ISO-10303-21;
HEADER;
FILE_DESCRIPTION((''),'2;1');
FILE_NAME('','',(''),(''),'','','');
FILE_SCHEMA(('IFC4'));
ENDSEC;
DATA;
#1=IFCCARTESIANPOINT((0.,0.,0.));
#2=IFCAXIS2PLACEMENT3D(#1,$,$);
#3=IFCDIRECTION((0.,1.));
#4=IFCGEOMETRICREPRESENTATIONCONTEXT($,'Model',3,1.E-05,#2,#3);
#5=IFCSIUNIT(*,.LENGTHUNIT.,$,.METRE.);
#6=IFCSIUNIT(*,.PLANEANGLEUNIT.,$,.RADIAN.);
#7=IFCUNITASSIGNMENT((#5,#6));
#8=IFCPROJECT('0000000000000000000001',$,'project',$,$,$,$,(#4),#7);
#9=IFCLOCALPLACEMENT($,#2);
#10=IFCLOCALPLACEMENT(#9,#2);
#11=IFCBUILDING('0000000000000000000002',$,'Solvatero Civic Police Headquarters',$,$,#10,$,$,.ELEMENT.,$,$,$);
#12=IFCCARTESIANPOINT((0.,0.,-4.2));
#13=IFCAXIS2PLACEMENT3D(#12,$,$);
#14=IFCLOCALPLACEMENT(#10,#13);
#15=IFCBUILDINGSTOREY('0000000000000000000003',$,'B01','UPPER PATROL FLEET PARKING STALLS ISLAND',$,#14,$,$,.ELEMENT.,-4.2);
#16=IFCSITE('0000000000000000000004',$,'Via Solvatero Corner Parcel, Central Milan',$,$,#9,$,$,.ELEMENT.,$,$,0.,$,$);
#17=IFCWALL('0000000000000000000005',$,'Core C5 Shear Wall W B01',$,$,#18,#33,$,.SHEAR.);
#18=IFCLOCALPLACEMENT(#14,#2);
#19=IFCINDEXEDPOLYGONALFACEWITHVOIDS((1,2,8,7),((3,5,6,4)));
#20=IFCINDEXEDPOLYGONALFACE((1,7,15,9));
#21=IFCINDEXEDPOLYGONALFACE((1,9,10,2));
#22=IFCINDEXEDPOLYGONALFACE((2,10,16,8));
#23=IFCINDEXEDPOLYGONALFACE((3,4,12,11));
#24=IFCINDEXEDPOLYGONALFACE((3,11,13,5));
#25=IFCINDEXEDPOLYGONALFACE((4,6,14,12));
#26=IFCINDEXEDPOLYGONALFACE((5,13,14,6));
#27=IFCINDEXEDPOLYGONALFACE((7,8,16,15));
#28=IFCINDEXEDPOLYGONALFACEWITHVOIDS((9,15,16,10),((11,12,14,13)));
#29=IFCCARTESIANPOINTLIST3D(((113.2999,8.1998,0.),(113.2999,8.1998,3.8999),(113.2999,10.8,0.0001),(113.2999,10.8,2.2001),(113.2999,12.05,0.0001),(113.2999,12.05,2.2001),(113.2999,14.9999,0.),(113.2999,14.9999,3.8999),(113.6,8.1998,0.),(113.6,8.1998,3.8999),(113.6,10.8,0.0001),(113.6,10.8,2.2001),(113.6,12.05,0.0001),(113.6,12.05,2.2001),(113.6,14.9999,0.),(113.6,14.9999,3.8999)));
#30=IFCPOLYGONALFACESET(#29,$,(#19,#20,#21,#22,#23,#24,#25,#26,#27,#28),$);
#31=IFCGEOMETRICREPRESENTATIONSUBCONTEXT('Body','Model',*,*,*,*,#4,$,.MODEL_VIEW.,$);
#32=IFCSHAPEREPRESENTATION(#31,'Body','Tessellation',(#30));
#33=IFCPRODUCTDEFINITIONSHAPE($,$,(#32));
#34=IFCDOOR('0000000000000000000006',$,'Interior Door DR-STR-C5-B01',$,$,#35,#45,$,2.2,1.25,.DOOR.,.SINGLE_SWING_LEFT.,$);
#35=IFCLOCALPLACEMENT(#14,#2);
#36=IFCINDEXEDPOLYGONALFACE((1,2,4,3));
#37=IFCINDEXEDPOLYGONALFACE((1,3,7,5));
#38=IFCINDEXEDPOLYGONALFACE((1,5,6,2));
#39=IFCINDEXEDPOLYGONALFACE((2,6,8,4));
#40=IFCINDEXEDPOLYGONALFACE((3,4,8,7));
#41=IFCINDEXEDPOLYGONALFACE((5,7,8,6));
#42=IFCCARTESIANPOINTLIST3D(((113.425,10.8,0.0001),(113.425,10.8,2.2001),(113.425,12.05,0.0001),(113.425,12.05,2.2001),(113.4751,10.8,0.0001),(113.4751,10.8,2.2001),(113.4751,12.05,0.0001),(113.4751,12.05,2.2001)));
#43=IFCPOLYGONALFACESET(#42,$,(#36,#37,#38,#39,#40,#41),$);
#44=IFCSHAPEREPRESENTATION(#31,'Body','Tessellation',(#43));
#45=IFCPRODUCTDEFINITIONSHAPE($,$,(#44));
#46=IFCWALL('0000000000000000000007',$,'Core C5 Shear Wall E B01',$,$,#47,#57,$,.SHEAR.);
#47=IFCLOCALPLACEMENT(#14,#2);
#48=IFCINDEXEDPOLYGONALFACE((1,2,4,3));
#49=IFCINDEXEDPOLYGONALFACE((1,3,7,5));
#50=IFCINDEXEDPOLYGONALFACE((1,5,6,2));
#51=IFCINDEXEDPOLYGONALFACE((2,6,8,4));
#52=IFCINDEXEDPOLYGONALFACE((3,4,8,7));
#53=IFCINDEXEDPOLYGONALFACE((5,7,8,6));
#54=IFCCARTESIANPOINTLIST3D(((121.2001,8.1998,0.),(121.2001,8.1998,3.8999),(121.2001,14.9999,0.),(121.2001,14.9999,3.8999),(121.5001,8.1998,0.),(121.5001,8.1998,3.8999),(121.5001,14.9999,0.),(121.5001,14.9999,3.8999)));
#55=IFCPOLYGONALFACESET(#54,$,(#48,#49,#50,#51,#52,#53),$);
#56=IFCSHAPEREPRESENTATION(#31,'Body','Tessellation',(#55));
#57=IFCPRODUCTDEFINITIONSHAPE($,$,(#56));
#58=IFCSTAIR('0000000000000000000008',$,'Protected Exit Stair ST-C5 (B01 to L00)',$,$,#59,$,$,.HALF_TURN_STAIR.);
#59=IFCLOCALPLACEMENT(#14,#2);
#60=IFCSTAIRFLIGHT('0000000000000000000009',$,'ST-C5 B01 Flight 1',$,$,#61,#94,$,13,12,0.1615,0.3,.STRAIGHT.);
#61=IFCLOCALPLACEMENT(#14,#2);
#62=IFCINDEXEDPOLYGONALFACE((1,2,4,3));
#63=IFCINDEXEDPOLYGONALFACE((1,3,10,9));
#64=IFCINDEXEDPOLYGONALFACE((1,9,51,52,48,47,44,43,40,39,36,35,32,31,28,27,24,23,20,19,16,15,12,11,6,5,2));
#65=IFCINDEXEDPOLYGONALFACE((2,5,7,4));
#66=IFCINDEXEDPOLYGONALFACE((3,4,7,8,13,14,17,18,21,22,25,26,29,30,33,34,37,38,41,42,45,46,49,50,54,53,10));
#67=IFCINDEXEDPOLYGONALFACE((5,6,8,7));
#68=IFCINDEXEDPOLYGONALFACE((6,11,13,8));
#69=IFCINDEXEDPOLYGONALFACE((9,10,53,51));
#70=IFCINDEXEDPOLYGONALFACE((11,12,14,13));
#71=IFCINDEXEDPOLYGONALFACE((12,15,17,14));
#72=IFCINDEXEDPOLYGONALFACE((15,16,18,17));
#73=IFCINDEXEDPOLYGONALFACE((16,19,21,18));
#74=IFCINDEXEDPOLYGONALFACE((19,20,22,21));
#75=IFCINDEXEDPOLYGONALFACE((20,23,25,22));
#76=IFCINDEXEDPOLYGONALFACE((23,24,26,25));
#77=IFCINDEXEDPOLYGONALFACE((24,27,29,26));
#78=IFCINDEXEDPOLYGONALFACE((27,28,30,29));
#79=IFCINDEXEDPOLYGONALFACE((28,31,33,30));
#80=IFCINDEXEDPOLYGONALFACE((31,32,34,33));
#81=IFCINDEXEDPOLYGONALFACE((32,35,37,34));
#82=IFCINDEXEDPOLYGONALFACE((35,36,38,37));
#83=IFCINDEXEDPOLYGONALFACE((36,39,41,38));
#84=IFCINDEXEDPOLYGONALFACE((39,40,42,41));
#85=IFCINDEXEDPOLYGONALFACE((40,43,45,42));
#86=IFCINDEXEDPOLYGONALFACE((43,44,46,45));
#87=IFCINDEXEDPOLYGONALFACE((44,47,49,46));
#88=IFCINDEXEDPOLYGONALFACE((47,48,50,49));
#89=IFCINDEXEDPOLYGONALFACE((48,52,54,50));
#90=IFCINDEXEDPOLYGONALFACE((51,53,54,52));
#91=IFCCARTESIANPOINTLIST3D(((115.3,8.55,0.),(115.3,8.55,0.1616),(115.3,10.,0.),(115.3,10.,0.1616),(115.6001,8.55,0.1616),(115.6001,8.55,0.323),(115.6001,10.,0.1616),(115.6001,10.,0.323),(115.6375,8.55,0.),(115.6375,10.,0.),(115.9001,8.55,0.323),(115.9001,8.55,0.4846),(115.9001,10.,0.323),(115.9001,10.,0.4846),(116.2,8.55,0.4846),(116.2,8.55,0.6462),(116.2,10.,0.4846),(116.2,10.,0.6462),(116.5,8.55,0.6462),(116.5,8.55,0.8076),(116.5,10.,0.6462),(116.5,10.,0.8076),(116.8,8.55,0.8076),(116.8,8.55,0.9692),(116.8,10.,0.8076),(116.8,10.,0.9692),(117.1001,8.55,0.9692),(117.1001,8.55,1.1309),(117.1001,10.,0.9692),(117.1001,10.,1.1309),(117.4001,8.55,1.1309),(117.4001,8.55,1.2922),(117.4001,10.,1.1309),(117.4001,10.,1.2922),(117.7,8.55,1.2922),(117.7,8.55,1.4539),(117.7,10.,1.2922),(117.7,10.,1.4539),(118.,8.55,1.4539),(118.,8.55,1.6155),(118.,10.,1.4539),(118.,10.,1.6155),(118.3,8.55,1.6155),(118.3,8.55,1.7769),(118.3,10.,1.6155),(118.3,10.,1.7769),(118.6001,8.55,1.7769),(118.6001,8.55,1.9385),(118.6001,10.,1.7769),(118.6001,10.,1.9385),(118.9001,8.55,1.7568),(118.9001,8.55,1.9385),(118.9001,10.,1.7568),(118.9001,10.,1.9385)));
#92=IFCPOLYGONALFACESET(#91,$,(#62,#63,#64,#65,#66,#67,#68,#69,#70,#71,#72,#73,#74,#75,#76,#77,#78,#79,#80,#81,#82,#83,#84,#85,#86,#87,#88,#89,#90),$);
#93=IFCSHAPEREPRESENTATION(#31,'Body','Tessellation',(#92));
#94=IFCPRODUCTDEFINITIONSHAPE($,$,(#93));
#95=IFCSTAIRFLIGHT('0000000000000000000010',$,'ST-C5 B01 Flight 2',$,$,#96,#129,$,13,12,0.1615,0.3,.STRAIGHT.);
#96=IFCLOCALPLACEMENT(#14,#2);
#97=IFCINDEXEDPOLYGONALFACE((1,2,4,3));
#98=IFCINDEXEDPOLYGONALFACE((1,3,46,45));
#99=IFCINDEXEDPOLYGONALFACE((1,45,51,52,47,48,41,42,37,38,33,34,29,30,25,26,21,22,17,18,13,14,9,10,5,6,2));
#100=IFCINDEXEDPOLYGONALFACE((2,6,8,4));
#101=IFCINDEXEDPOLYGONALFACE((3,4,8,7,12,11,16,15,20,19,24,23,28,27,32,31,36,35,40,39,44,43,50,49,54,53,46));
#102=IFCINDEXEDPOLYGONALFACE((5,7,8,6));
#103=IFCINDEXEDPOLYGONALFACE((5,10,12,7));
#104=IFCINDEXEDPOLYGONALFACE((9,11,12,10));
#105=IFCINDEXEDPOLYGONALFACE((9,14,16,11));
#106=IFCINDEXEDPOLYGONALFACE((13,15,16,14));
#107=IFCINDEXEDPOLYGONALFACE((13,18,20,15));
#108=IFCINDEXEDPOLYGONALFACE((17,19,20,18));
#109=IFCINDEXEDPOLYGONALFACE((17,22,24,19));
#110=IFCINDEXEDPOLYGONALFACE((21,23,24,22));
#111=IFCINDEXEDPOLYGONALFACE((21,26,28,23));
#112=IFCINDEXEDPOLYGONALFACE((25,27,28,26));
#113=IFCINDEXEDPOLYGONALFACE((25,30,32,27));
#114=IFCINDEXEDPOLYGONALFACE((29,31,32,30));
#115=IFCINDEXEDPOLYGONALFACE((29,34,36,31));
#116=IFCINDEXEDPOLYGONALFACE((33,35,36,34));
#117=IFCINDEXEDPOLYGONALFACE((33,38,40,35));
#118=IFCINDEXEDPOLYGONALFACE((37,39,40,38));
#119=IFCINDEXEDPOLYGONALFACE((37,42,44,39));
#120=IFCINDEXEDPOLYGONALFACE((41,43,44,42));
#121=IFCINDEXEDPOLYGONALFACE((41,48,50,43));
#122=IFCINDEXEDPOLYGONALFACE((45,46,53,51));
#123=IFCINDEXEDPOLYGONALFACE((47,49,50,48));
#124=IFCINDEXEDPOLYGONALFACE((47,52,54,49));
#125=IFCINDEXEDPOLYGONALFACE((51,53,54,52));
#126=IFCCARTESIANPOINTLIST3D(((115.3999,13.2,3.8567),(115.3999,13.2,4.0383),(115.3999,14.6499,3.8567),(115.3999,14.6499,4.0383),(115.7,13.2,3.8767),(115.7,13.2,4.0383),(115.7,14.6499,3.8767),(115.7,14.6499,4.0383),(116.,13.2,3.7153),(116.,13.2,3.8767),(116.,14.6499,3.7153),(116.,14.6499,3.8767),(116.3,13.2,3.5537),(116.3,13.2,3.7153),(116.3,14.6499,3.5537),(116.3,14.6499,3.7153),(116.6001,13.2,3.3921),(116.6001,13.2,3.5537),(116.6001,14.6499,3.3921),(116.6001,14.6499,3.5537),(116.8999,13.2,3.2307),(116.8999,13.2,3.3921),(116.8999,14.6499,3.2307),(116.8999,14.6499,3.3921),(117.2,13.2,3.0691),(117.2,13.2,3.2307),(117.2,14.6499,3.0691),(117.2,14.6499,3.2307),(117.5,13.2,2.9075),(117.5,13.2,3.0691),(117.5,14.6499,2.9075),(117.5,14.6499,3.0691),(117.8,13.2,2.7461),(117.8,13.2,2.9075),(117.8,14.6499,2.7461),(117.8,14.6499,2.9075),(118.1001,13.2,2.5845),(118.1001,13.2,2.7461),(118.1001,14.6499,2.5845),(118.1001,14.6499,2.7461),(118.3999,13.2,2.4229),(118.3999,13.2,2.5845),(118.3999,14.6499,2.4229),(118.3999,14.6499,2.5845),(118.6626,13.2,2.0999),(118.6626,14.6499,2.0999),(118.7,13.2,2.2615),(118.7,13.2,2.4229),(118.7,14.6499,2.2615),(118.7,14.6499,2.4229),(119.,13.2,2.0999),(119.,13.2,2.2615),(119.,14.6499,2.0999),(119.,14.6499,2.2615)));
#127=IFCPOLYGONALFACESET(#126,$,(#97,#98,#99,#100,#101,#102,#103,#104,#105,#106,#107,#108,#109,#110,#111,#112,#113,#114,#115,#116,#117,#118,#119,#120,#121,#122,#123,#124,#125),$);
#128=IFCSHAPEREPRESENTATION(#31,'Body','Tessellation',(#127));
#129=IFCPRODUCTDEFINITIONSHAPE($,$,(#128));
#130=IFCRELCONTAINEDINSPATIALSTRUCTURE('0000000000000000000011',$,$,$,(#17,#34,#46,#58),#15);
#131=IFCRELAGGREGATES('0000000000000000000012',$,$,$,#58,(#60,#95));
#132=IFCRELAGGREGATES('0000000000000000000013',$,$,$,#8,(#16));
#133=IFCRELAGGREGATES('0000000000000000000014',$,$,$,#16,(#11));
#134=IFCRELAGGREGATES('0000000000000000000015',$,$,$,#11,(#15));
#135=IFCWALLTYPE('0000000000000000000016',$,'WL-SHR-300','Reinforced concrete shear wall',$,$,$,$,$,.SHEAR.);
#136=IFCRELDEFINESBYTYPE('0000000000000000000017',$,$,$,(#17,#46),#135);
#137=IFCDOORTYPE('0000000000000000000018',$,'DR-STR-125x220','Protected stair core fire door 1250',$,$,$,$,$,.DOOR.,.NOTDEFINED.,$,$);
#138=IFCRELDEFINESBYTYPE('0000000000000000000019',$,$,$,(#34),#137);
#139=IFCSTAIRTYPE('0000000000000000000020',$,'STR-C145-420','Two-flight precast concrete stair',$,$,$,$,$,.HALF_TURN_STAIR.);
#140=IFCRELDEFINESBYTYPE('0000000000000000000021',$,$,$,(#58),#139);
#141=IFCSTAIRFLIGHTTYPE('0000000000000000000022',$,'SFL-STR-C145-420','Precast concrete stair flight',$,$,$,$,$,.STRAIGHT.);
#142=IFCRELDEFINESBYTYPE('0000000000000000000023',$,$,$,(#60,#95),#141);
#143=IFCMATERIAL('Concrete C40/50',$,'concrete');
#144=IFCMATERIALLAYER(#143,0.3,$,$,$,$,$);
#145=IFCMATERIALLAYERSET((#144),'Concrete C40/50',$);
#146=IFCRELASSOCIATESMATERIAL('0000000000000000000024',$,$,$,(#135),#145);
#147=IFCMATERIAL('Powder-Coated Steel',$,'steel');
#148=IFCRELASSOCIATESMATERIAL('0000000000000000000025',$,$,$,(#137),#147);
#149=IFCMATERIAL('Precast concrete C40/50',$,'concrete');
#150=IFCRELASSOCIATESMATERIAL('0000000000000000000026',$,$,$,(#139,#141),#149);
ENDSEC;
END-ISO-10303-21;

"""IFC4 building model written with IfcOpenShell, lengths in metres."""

from ifc_helpers import new_model, si_unit, direction, frame, frame_2d, origin, place, context, subcontext, project, spatial, polyline, rectangle, outline, extrude, material, layer, layer_set, type_object, element, fill, aggregate, save


model = new_model("IFC4")

# Units and contexts
model_context = context("Model", 3, precision=1e-05, world=origin(), true_north=direction((0.0, 1.0)))
body_context = subcontext(model_context, "Body", "Model", "MODEL_VIEW")
ifc_project = project(units=[si_unit("LENGTHUNIT", "METRE"), si_unit("PLANEANGLEUNIT", "RADIAN")], contexts=[model_context])

# Site, building, storey
site_placement = place(None, origin())
site = spatial("IfcSite", under=ifc_project, at=site_placement, Name="Via Solvatero Corner Parcel, Central Milan", CompositionType="ELEMENT", RefElevation=0.0)
building_placement = place(site_placement, origin())
building = spatial("IfcBuilding", under=site, at=building_placement, Name="Solvatero Civic Police Headquarters", CompositionType="ELEMENT")
storey_placement = place(building_placement, frame((0.0, 0.0, -4.2)))
storey = spatial("IfcBuildingStorey", under=building, at=storey_placement, Name="B01", Description="UPPER PATROL FLEET PARKING STALLS ISLAND", CompositionType="ELEMENT", Elevation=-4.2)

# Shared definitions
ifc_material_1 = material(Name="Concrete C40/50", Category="concrete")

# Shared definitions
ifc_layer_1 = layer(ifc_material_1, 0.3)
ifc_layer_set_1 = layer_set([ifc_layer_1], Name="Concrete C40/50")
wall_type_1 = type_object("IfcWallType", Name="WL-SHR-300", Description="Reinforced concrete shear wall", PredefinedType="SHEAR", material=ifc_layer_set_1)

# Wall, opening, door
wall_1_placement = place(storey_placement, frame((113.45, 8.2, 0.0), z_axis=(0.0, 0.0, 1.0), x_axis=(0.0, 1.0, 0.0)))
wall_1 = element("IfcWall", 1, at=wall_1_placement, inside=storey, type_object=wall_type_1, Name="Core C5 Shear Wall W B01", PredefinedType="SHEAR", context=body_context, shape_type="SweptSolid", body=[
    extrude(rectangle(XDim=6.8, YDim=0.3, at=frame_2d((3.3999, 0.0))), origin(), (0.0, 0.0, 1.0), 3.8999),
])
opening_placement = place(wall_1_placement, frame((2.6001, 0.0, 0.0)))
opening = element("IfcOpeningElement", 2, at=opening_placement, cuts=wall_1, PredefinedType="OPENING", context=body_context, shape_type="SweptSolid", body=[
    extrude(rectangle(XDim=1.25, YDim=2.2, at=frame_2d((0.625, 1.1001))), frame((0.0, 0.1599, 0.0), z_axis=(0.0, -1.0, 0.0), x_axis=(1.0, 0.0, 0.0)), (0.0, 0.0, 1.0), 0.3201),
])
ifc_material_2 = material(Name="Powder-Coated Steel", Category="steel")
door_type = type_object("IfcDoorType", Name="DR-STR-125x220", Description="Protected stair core fire door 1250", OperationType="NOTDEFINED", PredefinedType="DOOR", material=ifc_material_2)
door_placement = place(opening_placement, origin())
door = element("IfcDoor", 3, at=door_placement, inside=storey, type_object=door_type, Name="Interior Door DR-STR-C5-B01", OperationType="SINGLE_SWING_LEFT", OverallHeight=2.2, OverallWidth=1.25, PredefinedType="DOOR", context=body_context, shape_type="SweptSolid", body=[
    extrude(rectangle(XDim=1.25, YDim=2.2, at=frame_2d((0.625, 1.1001))), frame((0.0, 0.0249, 0.0), z_axis=(0.0, -1.0, 0.0), x_axis=(1.0, 0.0, 0.0)), (0.0, 0.0, 1.0), 0.05),
])
fill(opening, door)

# Wall
wall_2_placement = place(storey_placement, frame((121.3501, 8.2, 0.0), z_axis=(0.0, 0.0, 1.0), x_axis=(0.0, 1.0, 0.0)))
element("IfcWall", 4, at=wall_2_placement, inside=storey, type_object=wall_type_1, Name="Core C5 Shear Wall E B01", PredefinedType="SHEAR", context=body_context, shape_type="SweptSolid", body=[
    extrude(rectangle(XDim=6.8, YDim=0.3, at=frame_2d((3.3999, 0.0))), origin(), (0.0, 0.0, 1.0), 3.8999),
])

# Stair, stair flights
ifc_material_3 = material(Name="Precast concrete C40/50", Category="concrete")
stair_type = type_object("IfcStairType", Name="STR-C145-420", Description="Two-flight precast concrete stair", PredefinedType="HALF_TURN_STAIR", material=ifc_material_3)
stair_placement = place(storey_placement, origin())
stair = element("IfcStair", 5, at=stair_placement, inside=storey, type_object=stair_type, Name="Protected Exit Stair ST-C5 (B01 to L00)", PredefinedType="HALF_TURN_STAIR")
stair_flight_type = type_object("IfcStairFlightType", Name="SFL-STR-C145-420", Description="Precast concrete stair flight", PredefinedType="STRAIGHT", material=ifc_material_3)
stair_flight_1_placement = place(storey_placement, frame((115.3, 9.2749, 0.0), z_axis=(0.0, 0.0, 1.0), x_axis=(1.0, 0.0, 0.0)))
stair_flight_1 = element("IfcStairFlight", 6, at=stair_flight_1_placement, type_object=stair_flight_type, Name="ST-C5 B01 Flight 1", NumberOfRisers=13, NumberOfTreads=12, PredefinedType="STRAIGHT", RiserHeight=0.1615, TreadLength=0.3, context=body_context, shape_type="SweptSolid", body=[
    extrude(outline(polyline([(0.0, 0.0), (0.0, 0.1616), (0.3, 0.1616), (0.3, 0.323), (0.6001, 0.323), (0.6001, 0.4846), (0.8999, 0.4846), (0.8999, 0.6462), (1.2, 0.6462), (1.2, 0.8076), (1.5, 0.8076), (1.5, 0.9692), (1.8, 0.9692), (1.8, 1.1309), (2.1001, 1.1309), (2.1001, 1.2922), (2.3999, 1.2922), (2.3999, 1.4539), (2.7, 1.4539), (2.7, 1.6155), (3.0, 1.6155), (3.0, 1.7769), (3.3, 1.7769), (3.3, 1.9385), (3.6001, 1.9385), (3.6001, 2.1001), (3.6001, 1.7568), (0.3374, 0.0), (0.0, 0.0)])), frame((0.0, 0.7251, 0.0), z_axis=(0.0, -1.0, 0.0), x_axis=(1.0, 0.0, 0.0)), (0.0, 0.0, 1.0), 1.45),
])
stair_flight_2_placement = place(storey_placement, frame((119.0, 13.925, 2.0999), z_axis=(0.0, 0.0, 1.0), x_axis=(-1.0, 0.0, 0.0)))
stair_flight_2 = element("IfcStairFlight", 7, at=stair_flight_2_placement, type_object=stair_flight_type, Name="ST-C5 B01 Flight 2", NumberOfRisers=13, NumberOfTreads=12, PredefinedType="STRAIGHT", RiserHeight=0.1615, TreadLength=0.3, context=body_context, shape_type="SweptSolid", body=[
    extrude(outline(polyline([(0.0, 0.0), (0.0, 0.1616), (0.3, 0.1616), (0.3, 0.323), (0.6001, 0.323), (0.6001, 0.4846), (0.8999, 0.4846), (0.8999, 0.6462), (1.2, 0.6462), (1.2, 0.8076), (1.5, 0.8076), (1.5, 0.9692), (1.8, 0.9692), (1.8, 1.1309), (2.1001, 1.1309), (2.1001, 1.2922), (2.3999, 1.2922), (2.3999, 1.4539), (2.7, 1.4539), (2.7, 1.6155), (3.0, 1.6155), (3.0, 1.7769), (3.3, 1.7769), (3.3, 1.9385), (3.6001, 1.9385), (3.6001, 2.1001), (3.6001, 1.7568), (0.3374, 0.0), (0.0, 0.0)])), frame((0.0, 0.7251, 0.0), z_axis=(0.0, -1.0, 0.0), x_axis=(1.0, 0.0, 0.0)), (0.0, 0.0, 1.0), 1.45),
])
aggregate(stair, [stair_flight_1, stair_flight_2])

save(model, "model.ifc")
